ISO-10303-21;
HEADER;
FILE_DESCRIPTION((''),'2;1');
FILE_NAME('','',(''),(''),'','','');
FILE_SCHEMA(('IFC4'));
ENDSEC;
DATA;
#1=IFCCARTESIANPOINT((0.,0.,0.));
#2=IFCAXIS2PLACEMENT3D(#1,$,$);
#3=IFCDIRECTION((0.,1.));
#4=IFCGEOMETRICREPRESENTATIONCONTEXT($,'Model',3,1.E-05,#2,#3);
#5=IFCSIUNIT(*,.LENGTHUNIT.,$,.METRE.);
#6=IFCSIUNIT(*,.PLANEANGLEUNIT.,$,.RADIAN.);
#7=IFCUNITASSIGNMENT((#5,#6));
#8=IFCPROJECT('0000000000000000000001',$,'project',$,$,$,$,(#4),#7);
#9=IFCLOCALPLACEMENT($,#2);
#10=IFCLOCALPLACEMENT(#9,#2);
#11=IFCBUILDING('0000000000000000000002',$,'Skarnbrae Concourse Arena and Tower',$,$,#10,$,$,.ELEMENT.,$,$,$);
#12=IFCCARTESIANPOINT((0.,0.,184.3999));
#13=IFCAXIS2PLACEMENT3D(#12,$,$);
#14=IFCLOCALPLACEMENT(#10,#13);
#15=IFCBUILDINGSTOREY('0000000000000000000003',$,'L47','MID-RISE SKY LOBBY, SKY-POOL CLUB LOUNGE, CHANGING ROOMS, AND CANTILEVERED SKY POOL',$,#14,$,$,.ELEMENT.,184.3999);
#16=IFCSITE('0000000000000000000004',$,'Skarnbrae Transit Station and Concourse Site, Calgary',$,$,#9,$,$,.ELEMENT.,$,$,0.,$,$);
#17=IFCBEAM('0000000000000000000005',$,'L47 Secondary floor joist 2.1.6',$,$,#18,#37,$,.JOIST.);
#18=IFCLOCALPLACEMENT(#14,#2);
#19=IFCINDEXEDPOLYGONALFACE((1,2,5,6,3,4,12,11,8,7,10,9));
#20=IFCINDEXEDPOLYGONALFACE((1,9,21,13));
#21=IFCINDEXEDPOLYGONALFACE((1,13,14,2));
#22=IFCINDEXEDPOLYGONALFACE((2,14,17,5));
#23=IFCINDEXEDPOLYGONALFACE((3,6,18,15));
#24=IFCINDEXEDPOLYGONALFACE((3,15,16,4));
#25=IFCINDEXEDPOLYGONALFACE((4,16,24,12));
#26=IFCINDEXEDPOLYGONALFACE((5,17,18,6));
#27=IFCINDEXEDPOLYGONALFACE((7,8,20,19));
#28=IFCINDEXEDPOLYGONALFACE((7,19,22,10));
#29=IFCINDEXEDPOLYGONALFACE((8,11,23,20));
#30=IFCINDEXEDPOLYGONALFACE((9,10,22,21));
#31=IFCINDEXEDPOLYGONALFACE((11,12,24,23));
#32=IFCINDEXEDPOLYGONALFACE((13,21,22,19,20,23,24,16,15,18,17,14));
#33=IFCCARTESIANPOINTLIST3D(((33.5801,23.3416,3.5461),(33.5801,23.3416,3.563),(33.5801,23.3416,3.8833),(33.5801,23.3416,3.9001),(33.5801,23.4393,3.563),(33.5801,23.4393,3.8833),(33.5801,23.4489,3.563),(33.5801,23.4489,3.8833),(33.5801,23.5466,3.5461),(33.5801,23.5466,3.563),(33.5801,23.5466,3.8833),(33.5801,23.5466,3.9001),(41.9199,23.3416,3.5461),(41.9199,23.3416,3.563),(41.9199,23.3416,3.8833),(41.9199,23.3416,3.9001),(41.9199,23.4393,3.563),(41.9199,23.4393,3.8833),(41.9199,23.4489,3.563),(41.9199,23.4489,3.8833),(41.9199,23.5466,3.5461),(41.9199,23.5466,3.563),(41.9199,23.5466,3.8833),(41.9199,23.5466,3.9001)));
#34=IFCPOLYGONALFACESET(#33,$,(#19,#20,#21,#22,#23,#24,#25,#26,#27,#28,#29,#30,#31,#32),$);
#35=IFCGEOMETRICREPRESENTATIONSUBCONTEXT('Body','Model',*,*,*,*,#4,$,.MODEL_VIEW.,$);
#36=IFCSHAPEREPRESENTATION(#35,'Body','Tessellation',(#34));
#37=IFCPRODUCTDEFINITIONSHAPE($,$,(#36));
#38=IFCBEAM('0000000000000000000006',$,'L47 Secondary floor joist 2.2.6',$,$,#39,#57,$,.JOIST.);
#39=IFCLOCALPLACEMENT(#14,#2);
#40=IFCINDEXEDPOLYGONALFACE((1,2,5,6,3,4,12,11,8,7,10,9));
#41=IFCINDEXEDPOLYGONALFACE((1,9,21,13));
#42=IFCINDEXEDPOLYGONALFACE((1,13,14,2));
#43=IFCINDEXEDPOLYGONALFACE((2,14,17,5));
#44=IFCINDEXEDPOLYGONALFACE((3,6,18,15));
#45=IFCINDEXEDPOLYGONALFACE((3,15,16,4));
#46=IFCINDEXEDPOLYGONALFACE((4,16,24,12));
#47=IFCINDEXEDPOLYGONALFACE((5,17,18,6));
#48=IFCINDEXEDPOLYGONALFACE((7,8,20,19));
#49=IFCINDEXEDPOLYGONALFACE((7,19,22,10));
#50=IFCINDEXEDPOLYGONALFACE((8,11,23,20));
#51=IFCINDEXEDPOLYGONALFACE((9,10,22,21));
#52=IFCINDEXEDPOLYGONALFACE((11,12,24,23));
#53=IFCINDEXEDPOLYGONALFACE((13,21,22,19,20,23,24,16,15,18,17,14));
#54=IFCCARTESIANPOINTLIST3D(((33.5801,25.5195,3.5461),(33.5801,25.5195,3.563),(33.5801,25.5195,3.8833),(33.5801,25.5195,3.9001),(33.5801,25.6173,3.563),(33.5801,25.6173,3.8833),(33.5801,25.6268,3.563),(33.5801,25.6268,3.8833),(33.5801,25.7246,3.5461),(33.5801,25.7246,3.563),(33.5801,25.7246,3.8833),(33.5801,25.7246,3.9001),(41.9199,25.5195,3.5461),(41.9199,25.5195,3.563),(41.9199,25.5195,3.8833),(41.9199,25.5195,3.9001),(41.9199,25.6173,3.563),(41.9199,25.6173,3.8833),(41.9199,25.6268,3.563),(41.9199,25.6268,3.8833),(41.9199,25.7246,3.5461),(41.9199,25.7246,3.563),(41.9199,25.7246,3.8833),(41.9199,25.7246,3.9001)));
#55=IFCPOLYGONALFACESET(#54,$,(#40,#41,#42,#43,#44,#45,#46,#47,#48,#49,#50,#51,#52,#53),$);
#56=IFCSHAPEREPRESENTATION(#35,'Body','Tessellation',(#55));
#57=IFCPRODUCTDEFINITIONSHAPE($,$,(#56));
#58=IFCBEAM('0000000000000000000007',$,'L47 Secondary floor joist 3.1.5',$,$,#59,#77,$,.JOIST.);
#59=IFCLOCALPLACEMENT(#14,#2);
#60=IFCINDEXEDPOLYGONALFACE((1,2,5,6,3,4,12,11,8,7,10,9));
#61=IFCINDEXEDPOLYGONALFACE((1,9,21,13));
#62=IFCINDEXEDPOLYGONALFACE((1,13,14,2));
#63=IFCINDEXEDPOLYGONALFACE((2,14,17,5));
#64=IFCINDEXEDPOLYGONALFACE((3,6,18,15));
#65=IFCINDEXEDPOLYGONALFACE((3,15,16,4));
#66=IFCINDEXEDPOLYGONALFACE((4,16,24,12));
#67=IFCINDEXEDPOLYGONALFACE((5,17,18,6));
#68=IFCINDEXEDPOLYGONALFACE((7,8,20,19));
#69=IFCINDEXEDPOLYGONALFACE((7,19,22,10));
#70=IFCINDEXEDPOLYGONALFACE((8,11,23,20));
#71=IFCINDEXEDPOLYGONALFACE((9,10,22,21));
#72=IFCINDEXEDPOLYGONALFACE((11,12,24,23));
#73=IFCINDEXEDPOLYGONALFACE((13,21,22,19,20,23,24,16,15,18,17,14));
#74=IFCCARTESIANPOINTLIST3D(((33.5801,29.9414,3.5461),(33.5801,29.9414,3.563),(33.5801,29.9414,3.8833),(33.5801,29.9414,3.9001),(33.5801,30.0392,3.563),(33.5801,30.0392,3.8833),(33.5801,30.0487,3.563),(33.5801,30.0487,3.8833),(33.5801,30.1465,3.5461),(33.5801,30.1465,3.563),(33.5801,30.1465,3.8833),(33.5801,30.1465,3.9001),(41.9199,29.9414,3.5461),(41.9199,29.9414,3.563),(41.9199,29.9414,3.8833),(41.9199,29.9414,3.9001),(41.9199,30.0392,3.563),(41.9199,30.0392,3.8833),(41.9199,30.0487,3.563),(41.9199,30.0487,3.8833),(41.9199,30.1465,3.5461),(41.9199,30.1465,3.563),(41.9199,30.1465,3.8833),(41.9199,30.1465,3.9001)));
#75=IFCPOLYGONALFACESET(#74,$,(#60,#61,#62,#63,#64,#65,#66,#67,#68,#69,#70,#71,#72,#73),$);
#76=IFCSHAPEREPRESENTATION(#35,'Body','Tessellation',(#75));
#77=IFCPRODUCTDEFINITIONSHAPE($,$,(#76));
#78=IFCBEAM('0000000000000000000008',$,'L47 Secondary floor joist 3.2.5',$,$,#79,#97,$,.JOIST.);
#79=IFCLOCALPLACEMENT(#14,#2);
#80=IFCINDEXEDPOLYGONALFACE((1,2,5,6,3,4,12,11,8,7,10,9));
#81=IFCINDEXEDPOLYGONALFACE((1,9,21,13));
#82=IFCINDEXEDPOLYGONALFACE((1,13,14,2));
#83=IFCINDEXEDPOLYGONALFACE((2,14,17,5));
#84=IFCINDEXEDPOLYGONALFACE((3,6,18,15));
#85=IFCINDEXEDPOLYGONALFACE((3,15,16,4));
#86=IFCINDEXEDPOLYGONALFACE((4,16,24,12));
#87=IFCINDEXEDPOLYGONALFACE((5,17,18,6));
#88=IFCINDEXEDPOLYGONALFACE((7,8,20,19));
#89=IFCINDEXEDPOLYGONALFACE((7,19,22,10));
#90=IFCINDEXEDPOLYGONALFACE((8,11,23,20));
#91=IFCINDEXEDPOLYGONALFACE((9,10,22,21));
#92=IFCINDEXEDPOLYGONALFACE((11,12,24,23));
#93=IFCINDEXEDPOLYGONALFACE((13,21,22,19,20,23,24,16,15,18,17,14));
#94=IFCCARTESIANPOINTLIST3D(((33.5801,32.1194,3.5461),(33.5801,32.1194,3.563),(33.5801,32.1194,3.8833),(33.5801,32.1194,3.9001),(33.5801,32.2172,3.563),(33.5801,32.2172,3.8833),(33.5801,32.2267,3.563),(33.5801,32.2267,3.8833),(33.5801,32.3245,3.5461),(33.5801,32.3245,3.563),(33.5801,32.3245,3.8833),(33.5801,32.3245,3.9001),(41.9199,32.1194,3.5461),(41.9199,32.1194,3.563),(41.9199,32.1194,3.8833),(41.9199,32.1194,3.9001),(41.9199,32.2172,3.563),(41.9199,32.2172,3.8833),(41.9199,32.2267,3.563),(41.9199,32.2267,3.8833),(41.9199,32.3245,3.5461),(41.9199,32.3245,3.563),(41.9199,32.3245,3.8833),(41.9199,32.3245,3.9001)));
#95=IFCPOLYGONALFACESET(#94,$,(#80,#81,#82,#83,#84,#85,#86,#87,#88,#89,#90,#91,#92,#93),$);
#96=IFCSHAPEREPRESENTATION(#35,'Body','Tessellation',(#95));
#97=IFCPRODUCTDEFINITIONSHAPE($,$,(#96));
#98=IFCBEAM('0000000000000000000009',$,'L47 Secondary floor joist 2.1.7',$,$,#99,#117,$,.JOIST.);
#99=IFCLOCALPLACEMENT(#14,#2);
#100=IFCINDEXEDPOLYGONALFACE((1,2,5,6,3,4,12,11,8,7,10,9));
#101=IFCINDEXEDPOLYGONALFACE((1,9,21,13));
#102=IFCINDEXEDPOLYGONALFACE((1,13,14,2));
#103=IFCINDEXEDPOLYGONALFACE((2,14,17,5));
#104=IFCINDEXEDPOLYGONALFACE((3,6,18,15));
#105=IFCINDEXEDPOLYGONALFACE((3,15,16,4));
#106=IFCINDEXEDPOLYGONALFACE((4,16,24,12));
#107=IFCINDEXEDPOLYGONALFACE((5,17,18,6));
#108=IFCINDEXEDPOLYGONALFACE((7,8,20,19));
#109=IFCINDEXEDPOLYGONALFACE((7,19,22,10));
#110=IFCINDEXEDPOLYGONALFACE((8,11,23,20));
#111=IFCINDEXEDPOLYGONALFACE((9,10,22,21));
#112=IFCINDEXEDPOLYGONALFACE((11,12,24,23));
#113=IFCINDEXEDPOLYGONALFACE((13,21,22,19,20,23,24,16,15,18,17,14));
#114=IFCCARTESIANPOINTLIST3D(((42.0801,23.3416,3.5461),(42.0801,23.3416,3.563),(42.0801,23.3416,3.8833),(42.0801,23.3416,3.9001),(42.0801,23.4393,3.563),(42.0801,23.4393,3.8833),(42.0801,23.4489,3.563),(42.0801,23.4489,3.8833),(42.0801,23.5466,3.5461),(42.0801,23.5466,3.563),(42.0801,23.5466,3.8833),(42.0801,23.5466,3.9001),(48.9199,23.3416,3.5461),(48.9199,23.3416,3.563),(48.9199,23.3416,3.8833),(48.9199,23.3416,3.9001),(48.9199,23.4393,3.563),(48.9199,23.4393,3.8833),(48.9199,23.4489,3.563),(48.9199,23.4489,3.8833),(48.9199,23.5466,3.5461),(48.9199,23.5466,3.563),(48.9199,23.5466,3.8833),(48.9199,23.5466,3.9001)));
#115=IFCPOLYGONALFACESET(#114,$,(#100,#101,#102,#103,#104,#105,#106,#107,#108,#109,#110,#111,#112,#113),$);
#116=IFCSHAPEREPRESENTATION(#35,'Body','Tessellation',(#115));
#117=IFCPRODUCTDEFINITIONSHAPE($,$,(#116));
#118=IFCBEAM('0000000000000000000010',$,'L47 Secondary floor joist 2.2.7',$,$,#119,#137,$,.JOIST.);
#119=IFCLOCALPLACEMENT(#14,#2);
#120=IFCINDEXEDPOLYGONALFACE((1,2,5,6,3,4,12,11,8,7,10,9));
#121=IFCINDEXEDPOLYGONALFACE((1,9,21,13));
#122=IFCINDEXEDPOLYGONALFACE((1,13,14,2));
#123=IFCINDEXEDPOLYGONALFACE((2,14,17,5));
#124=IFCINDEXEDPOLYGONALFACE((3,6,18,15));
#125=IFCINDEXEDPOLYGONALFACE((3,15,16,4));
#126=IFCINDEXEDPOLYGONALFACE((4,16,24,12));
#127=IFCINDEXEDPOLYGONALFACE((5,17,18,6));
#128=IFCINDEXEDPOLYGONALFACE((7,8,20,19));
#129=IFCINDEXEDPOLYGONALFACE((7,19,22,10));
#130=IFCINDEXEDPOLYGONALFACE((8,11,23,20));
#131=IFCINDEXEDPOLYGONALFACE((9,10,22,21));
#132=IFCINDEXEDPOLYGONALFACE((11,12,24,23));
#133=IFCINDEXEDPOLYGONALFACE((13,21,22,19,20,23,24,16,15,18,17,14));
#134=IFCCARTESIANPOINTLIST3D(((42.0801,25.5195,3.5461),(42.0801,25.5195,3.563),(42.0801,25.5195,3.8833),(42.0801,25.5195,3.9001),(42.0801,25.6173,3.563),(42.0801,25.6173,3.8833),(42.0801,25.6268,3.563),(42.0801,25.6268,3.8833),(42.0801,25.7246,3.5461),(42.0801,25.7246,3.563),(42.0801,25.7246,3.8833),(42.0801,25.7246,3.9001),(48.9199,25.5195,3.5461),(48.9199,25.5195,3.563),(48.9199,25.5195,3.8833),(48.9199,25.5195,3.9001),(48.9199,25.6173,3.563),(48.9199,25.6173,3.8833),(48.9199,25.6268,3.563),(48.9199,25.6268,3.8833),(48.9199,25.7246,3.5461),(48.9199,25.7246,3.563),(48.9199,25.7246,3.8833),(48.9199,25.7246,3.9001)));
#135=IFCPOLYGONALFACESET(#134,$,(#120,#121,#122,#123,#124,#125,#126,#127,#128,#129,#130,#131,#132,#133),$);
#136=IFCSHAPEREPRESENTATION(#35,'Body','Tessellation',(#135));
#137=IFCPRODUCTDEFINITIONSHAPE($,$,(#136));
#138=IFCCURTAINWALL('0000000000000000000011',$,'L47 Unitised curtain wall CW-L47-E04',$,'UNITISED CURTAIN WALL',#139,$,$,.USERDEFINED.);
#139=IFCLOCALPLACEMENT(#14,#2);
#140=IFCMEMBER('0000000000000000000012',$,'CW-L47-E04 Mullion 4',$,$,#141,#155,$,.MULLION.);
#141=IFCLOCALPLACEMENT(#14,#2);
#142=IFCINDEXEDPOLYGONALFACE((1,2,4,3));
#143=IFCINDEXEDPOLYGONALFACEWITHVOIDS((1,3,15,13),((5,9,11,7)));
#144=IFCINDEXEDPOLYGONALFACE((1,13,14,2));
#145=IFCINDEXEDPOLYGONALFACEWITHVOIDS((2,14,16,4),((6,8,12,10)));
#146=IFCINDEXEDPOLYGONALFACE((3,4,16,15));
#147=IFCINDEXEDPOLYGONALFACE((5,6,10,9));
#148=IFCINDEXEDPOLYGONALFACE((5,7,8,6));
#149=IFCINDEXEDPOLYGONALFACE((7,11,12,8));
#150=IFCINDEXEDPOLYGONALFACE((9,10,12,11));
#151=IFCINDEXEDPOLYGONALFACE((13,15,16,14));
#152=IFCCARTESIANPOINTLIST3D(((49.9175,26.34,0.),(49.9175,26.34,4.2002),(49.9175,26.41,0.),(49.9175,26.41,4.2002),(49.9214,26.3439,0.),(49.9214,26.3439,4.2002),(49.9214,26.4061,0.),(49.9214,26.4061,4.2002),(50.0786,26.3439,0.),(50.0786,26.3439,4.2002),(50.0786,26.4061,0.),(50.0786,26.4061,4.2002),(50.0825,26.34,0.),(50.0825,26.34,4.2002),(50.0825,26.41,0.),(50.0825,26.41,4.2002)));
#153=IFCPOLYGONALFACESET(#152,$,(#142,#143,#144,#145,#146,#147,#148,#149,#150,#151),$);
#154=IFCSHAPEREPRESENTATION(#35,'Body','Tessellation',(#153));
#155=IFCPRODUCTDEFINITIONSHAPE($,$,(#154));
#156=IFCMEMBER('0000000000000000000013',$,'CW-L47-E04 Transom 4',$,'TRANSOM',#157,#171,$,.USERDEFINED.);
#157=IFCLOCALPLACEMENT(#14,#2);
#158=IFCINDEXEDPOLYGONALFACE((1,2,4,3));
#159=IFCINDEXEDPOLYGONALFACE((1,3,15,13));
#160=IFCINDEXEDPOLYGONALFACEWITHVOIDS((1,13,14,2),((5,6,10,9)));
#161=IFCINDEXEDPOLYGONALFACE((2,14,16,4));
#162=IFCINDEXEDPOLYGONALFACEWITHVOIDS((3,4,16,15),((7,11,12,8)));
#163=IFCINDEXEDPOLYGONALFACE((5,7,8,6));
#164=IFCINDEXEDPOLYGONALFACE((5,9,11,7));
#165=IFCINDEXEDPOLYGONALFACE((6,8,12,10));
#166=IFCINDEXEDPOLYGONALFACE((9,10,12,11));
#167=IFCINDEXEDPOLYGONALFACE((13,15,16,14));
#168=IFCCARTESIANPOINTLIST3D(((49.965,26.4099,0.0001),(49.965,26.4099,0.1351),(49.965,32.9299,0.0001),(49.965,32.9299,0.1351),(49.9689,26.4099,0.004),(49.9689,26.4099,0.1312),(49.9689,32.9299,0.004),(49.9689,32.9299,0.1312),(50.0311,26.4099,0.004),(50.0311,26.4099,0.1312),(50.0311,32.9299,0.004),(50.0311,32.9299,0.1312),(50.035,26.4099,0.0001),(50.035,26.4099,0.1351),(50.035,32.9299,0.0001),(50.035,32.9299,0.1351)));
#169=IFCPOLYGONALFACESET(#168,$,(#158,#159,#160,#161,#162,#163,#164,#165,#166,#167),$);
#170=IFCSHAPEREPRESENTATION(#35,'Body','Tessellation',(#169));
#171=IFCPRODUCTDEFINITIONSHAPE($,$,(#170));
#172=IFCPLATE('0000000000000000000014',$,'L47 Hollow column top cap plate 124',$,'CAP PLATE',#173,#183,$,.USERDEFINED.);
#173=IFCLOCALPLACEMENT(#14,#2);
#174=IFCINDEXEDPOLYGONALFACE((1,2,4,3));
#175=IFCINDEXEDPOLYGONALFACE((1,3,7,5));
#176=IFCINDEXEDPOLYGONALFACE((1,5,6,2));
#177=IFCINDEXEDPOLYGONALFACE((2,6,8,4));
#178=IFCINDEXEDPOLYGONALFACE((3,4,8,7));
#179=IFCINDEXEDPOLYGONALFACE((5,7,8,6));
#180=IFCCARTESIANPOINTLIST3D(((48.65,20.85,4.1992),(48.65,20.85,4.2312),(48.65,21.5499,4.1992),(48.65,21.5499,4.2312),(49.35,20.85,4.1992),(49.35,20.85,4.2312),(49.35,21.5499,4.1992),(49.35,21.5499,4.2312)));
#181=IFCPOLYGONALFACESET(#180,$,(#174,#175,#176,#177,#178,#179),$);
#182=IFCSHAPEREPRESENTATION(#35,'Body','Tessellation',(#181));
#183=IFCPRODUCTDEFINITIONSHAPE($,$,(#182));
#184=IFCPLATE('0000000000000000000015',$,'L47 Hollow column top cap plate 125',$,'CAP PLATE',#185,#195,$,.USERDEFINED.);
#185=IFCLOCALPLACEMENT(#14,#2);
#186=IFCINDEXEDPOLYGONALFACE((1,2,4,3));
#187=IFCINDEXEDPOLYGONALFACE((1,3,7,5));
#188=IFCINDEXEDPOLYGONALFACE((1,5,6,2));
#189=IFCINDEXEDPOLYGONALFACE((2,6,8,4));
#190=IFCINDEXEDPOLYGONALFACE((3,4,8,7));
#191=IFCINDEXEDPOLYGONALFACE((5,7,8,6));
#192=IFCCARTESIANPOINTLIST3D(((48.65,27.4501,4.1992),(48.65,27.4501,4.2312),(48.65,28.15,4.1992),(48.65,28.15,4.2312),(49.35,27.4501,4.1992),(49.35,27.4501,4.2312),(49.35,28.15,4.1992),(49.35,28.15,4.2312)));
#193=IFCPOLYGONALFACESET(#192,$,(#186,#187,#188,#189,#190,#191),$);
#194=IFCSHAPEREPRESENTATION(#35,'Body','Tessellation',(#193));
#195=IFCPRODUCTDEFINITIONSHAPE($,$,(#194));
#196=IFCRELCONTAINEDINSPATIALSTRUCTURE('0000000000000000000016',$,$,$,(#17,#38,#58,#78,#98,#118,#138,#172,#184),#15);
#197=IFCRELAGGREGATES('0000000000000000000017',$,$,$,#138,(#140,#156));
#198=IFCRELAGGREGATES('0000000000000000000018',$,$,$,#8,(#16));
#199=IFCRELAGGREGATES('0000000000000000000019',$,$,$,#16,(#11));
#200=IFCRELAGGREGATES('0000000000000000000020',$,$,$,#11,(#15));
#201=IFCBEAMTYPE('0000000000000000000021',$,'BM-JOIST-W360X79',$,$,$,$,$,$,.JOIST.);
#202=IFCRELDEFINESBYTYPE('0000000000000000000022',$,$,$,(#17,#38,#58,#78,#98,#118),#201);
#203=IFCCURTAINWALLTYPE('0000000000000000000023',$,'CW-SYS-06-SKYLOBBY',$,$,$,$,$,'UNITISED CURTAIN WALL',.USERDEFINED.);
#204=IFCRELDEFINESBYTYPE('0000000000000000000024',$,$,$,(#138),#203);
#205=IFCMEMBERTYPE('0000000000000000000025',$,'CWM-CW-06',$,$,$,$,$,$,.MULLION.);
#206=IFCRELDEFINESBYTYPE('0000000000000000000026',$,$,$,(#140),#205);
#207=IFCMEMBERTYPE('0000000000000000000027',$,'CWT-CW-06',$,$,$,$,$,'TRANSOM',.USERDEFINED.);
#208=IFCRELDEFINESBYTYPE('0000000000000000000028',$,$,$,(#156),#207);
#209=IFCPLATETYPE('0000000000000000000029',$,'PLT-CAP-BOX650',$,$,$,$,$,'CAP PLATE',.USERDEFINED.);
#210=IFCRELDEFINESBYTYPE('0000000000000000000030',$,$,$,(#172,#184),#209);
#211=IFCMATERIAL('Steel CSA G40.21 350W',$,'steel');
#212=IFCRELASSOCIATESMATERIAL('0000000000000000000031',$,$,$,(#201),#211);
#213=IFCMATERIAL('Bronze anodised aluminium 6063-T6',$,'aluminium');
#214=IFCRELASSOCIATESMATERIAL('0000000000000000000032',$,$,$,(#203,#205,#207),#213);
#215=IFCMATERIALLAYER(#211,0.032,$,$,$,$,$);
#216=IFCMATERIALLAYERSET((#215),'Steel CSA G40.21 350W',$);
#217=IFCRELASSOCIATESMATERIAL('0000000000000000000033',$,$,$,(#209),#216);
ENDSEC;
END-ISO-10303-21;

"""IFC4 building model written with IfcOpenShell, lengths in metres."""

from ifc_helpers import new_model, si_unit, direction, frame, origin, origin_2d, place, context, subcontext, project, spatial, rectangle, hollow_rectangle, i_section, extrude, source, transform, mapped, material, layer, layer_set, material_profile, profile_set, type_object, element, aggregate, save


model = new_model("IFC4")

# Units and contexts
model_context = context("Model", 3, precision=1e-05, world=origin(), true_north=direction((0.0, 1.0)))
body_context = subcontext(model_context, "Body", "Model", "MODEL_VIEW")
ifc_project = project(units=[si_unit("LENGTHUNIT", "METRE"), si_unit("PLANEANGLEUNIT", "RADIAN")], contexts=[model_context])

# Site, building, storey
site_placement = place(None, origin())
site = spatial("IfcSite", under=ifc_project, at=site_placement, Name="Skarnbrae Transit Station and Concourse Site, Calgary", CompositionType="ELEMENT", RefElevation=0.0)
building_placement = place(site_placement, origin())
building = spatial("IfcBuilding", under=site, at=building_placement, Name="Skarnbrae Concourse Arena and Tower", CompositionType="ELEMENT")
storey_placement = place(building_placement, frame((0.0, 0.0, 184.3999)))
storey = spatial("IfcBuildingStorey", under=building, at=storey_placement, Name="L47", Description="MID-RISE SKY LOBBY, SKY-POOL CLUB LOUNGE, CHANGING ROOMS, AND CANTILEVERED SKY POOL", CompositionType="ELEMENT", Elevation=184.3999)

# Shared definitions
ifc_material_1 = material(Name="Steel CSA G40.21 350W", Category="steel")

# Beams
ifc_material_profile_1 = material_profile(ifc_material_1, i_section(OverallWidth=0.2051, OverallDepth=0.354, WebThickness=0.0095, FlangeThickness=0.0168, at=origin_2d()), Name="W360X79")
ifc_profile_set_1 = profile_set([ifc_material_profile_1], Name="Steel CSA G40.21 350W")
beam_type_1 = type_object("IfcBeamType", Name="BM-JOIST-W360X79", PredefinedType="JOIST", material=ifc_profile_set_1)
shared_shape_1 = source(origin(), body_context, "Body", "SweptSolid", [
    extrude(i_section(OverallWidth=0.2051, OverallDepth=0.354, WebThickness=0.0095, FlangeThickness=0.0168, at=origin_2d()), origin(), (0.0, 0.0, 1.0), 8.3398),
])
for number, where, z_axis, x_axis, name in (
    (1, (33.5801, 23.4441, 3.7231), (1.0, 0.0, 0.0), (0.0, 1.0, 0.0), "L47 Secondary floor joist 2.1.6"),
    (2, (33.5801, 25.6221, 3.7231), (1.0, 0.0, 0.0), (0.0, 1.0, 0.0), "L47 Secondary floor joist 2.2.6"),
    (3, (33.5801, 30.0439, 3.7231), (1.0, 0.0, 0.0), (0.0, 1.0, 0.0), "L47 Secondary floor joist 3.1.5"),
    (4, (33.5801, 32.2219, 3.7231), (1.0, 0.0, 0.0), (0.0, 1.0, 0.0), "L47 Secondary floor joist 3.2.5"),
):
    element("IfcBeam", number, at=place(storey_placement, frame(where, z_axis=z_axis, x_axis=x_axis)), inside=storey, type_object=beam_type_1, Name=name, PredefinedType="JOIST", context=body_context, shape_type="MappedRepresentation", body=[
        mapped(shared_shape_1, transform((0.0, 0.0, 0.0))),
    ])
shared_shape_2 = source(origin(), body_context, "Body", "SweptSolid", [
    extrude(i_section(OverallWidth=0.2051, OverallDepth=0.354, WebThickness=0.0095, FlangeThickness=0.0168, at=origin_2d()), origin(), (0.0, 0.0, 1.0), 6.8398),
])
for number, where, z_axis, x_axis, name in (
    (5, (42.0801, 23.4441, 3.7231), (1.0, 0.0, 0.0), (0.0, 1.0, 0.0), "L47 Secondary floor joist 2.1.7"),
    (6, (42.0801, 25.6221, 3.7231), (1.0, 0.0, 0.0), (0.0, 1.0, 0.0), "L47 Secondary floor joist 2.2.7"),
):
    element("IfcBeam", number, at=place(storey_placement, frame(where, z_axis=z_axis, x_axis=x_axis)), inside=storey, type_object=beam_type_1, Name=name, PredefinedType="JOIST", context=body_context, shape_type="MappedRepresentation", body=[
        mapped(shared_shape_2, transform((0.0, 0.0, 0.0))),
    ])

# Curtain wall, members
ifc_material_2 = material(Name="Bronze anodised aluminium 6063-T6", Category="aluminium")
curtain_wall_type = type_object("IfcCurtainWallType", Name="CW-SYS-06-SKYLOBBY", ElementType="UNITISED CURTAIN WALL", PredefinedType="USERDEFINED", material=ifc_material_2)
curtain_wall_placement = place(storey_placement, origin())
curtain_wall = element("IfcCurtainWall", 7, at=curtain_wall_placement, inside=storey, type_object=curtain_wall_type, Name="L47 Unitised curtain wall CW-L47-E04", ObjectType="UNITISED CURTAIN WALL", PredefinedType="USERDEFINED")
ifc_material_profile_2 = material_profile(ifc_material_2, hollow_rectangle(XDim=0.0701, YDim=0.165, WallThickness=0.0039, at=origin_2d()), Name="ALU-MULL-70X165")
ifc_profile_set_2 = profile_set([ifc_material_profile_2], Name="Bronze anodised aluminium 6063-T6")
member_type_1 = type_object("IfcMemberType", Name="CWM-CW-06", PredefinedType="MULLION", material=ifc_profile_set_2)
shared_shape_3 = source(origin(), body_context, "Body", "SweptSolid", [
    extrude(hollow_rectangle(XDim=0.0701, YDim=0.165, WallThickness=0.0039, at=origin_2d()), origin(), (0.0, 0.0, 1.0), 4.2002),
])
member_1_placement = place(storey_placement, frame((50.0, 26.375, 0.0), z_axis=(0.0, 0.0, 1.0), x_axis=(0.0, 1.0, 0.0)))
member_1 = element("IfcMember", 8, at=member_1_placement, type_object=member_type_1, Name="CW-L47-E04 Mullion 4", PredefinedType="MULLION", context=body_context, shape_type="MappedRepresentation", body=[
    mapped(shared_shape_3, transform((0.0, 0.0, 0.0))),
])
ifc_material_profile_3 = material_profile(ifc_material_2, hollow_rectangle(XDim=0.0701, YDim=0.135, WallThickness=0.0039, at=origin_2d()), Name="ALU-TRAN-70X135")
ifc_profile_set_3 = profile_set([ifc_material_profile_3], Name="Bronze anodised aluminium 6063-T6")
member_type_2 = type_object("IfcMemberType", Name="CWT-CW-06", ElementType="TRANSOM", PredefinedType="USERDEFINED", material=ifc_profile_set_3)
shared_shape_4 = source(origin(), body_context, "Body", "SweptSolid", [
    extrude(hollow_rectangle(XDim=0.0701, YDim=0.135, WallThickness=0.0039, at=origin_2d()), origin(), (0.0, 0.0, 1.0), 6.52),
])
member_2_placement = place(storey_placement, frame((50.0, 26.4099, 0.0676), z_axis=(0.0, 1.0, 0.0), x_axis=(-1.0, 0.0, 0.0)))
member_2 = element("IfcMember", 9, at=member_2_placement, type_object=member_type_2, Name="CW-L47-E04 Transom 4", ObjectType="TRANSOM", PredefinedType="USERDEFINED", context=body_context, shape_type="MappedRepresentation", body=[
    mapped(shared_shape_4, transform((0.0, 0.0, 0.0))),
])

# Plates
ifc_layer_1 = layer(ifc_material_1, 0.032)
ifc_layer_set_1 = layer_set([ifc_layer_1], Name="Steel CSA G40.21 350W")
plate_type_1 = type_object("IfcPlateType", Name="PLT-CAP-BOX650", ElementType="CAP PLATE", PredefinedType="USERDEFINED", material=ifc_layer_set_1)
shared_shape_5 = source(origin(), body_context, "Body", "SweptSolid", [
    extrude(rectangle(XDim=0.7, YDim=0.7, at=origin_2d()), origin(), (0.0, 0.0, 1.0), 0.032),
])
for number, where, z_axis, x_axis, name in (
    (10, (49.0, 21.2, 4.1992), (0.0, 0.0, 1.0), (1.0, 0.0, 0.0), "L47 Hollow column top cap plate 124"),
    (11, (49.0, 27.8, 4.1992), (0.0, 0.0, 1.0), (1.0, 0.0, 0.0), "L47 Hollow column top cap plate 125"),
):
    element("IfcPlate", number, at=place(storey_placement, frame(where, z_axis=z_axis, x_axis=x_axis)), inside=storey, type_object=plate_type_1, Name=name, ObjectType="CAP PLATE", PredefinedType="USERDEFINED", context=body_context, shape_type="MappedRepresentation", body=[
        mapped(shared_shape_5, transform((0.0, 0.0, 0.0))),
    ])

aggregate(curtain_wall, [member_1, member_2])

save(model, "model.ifc")
